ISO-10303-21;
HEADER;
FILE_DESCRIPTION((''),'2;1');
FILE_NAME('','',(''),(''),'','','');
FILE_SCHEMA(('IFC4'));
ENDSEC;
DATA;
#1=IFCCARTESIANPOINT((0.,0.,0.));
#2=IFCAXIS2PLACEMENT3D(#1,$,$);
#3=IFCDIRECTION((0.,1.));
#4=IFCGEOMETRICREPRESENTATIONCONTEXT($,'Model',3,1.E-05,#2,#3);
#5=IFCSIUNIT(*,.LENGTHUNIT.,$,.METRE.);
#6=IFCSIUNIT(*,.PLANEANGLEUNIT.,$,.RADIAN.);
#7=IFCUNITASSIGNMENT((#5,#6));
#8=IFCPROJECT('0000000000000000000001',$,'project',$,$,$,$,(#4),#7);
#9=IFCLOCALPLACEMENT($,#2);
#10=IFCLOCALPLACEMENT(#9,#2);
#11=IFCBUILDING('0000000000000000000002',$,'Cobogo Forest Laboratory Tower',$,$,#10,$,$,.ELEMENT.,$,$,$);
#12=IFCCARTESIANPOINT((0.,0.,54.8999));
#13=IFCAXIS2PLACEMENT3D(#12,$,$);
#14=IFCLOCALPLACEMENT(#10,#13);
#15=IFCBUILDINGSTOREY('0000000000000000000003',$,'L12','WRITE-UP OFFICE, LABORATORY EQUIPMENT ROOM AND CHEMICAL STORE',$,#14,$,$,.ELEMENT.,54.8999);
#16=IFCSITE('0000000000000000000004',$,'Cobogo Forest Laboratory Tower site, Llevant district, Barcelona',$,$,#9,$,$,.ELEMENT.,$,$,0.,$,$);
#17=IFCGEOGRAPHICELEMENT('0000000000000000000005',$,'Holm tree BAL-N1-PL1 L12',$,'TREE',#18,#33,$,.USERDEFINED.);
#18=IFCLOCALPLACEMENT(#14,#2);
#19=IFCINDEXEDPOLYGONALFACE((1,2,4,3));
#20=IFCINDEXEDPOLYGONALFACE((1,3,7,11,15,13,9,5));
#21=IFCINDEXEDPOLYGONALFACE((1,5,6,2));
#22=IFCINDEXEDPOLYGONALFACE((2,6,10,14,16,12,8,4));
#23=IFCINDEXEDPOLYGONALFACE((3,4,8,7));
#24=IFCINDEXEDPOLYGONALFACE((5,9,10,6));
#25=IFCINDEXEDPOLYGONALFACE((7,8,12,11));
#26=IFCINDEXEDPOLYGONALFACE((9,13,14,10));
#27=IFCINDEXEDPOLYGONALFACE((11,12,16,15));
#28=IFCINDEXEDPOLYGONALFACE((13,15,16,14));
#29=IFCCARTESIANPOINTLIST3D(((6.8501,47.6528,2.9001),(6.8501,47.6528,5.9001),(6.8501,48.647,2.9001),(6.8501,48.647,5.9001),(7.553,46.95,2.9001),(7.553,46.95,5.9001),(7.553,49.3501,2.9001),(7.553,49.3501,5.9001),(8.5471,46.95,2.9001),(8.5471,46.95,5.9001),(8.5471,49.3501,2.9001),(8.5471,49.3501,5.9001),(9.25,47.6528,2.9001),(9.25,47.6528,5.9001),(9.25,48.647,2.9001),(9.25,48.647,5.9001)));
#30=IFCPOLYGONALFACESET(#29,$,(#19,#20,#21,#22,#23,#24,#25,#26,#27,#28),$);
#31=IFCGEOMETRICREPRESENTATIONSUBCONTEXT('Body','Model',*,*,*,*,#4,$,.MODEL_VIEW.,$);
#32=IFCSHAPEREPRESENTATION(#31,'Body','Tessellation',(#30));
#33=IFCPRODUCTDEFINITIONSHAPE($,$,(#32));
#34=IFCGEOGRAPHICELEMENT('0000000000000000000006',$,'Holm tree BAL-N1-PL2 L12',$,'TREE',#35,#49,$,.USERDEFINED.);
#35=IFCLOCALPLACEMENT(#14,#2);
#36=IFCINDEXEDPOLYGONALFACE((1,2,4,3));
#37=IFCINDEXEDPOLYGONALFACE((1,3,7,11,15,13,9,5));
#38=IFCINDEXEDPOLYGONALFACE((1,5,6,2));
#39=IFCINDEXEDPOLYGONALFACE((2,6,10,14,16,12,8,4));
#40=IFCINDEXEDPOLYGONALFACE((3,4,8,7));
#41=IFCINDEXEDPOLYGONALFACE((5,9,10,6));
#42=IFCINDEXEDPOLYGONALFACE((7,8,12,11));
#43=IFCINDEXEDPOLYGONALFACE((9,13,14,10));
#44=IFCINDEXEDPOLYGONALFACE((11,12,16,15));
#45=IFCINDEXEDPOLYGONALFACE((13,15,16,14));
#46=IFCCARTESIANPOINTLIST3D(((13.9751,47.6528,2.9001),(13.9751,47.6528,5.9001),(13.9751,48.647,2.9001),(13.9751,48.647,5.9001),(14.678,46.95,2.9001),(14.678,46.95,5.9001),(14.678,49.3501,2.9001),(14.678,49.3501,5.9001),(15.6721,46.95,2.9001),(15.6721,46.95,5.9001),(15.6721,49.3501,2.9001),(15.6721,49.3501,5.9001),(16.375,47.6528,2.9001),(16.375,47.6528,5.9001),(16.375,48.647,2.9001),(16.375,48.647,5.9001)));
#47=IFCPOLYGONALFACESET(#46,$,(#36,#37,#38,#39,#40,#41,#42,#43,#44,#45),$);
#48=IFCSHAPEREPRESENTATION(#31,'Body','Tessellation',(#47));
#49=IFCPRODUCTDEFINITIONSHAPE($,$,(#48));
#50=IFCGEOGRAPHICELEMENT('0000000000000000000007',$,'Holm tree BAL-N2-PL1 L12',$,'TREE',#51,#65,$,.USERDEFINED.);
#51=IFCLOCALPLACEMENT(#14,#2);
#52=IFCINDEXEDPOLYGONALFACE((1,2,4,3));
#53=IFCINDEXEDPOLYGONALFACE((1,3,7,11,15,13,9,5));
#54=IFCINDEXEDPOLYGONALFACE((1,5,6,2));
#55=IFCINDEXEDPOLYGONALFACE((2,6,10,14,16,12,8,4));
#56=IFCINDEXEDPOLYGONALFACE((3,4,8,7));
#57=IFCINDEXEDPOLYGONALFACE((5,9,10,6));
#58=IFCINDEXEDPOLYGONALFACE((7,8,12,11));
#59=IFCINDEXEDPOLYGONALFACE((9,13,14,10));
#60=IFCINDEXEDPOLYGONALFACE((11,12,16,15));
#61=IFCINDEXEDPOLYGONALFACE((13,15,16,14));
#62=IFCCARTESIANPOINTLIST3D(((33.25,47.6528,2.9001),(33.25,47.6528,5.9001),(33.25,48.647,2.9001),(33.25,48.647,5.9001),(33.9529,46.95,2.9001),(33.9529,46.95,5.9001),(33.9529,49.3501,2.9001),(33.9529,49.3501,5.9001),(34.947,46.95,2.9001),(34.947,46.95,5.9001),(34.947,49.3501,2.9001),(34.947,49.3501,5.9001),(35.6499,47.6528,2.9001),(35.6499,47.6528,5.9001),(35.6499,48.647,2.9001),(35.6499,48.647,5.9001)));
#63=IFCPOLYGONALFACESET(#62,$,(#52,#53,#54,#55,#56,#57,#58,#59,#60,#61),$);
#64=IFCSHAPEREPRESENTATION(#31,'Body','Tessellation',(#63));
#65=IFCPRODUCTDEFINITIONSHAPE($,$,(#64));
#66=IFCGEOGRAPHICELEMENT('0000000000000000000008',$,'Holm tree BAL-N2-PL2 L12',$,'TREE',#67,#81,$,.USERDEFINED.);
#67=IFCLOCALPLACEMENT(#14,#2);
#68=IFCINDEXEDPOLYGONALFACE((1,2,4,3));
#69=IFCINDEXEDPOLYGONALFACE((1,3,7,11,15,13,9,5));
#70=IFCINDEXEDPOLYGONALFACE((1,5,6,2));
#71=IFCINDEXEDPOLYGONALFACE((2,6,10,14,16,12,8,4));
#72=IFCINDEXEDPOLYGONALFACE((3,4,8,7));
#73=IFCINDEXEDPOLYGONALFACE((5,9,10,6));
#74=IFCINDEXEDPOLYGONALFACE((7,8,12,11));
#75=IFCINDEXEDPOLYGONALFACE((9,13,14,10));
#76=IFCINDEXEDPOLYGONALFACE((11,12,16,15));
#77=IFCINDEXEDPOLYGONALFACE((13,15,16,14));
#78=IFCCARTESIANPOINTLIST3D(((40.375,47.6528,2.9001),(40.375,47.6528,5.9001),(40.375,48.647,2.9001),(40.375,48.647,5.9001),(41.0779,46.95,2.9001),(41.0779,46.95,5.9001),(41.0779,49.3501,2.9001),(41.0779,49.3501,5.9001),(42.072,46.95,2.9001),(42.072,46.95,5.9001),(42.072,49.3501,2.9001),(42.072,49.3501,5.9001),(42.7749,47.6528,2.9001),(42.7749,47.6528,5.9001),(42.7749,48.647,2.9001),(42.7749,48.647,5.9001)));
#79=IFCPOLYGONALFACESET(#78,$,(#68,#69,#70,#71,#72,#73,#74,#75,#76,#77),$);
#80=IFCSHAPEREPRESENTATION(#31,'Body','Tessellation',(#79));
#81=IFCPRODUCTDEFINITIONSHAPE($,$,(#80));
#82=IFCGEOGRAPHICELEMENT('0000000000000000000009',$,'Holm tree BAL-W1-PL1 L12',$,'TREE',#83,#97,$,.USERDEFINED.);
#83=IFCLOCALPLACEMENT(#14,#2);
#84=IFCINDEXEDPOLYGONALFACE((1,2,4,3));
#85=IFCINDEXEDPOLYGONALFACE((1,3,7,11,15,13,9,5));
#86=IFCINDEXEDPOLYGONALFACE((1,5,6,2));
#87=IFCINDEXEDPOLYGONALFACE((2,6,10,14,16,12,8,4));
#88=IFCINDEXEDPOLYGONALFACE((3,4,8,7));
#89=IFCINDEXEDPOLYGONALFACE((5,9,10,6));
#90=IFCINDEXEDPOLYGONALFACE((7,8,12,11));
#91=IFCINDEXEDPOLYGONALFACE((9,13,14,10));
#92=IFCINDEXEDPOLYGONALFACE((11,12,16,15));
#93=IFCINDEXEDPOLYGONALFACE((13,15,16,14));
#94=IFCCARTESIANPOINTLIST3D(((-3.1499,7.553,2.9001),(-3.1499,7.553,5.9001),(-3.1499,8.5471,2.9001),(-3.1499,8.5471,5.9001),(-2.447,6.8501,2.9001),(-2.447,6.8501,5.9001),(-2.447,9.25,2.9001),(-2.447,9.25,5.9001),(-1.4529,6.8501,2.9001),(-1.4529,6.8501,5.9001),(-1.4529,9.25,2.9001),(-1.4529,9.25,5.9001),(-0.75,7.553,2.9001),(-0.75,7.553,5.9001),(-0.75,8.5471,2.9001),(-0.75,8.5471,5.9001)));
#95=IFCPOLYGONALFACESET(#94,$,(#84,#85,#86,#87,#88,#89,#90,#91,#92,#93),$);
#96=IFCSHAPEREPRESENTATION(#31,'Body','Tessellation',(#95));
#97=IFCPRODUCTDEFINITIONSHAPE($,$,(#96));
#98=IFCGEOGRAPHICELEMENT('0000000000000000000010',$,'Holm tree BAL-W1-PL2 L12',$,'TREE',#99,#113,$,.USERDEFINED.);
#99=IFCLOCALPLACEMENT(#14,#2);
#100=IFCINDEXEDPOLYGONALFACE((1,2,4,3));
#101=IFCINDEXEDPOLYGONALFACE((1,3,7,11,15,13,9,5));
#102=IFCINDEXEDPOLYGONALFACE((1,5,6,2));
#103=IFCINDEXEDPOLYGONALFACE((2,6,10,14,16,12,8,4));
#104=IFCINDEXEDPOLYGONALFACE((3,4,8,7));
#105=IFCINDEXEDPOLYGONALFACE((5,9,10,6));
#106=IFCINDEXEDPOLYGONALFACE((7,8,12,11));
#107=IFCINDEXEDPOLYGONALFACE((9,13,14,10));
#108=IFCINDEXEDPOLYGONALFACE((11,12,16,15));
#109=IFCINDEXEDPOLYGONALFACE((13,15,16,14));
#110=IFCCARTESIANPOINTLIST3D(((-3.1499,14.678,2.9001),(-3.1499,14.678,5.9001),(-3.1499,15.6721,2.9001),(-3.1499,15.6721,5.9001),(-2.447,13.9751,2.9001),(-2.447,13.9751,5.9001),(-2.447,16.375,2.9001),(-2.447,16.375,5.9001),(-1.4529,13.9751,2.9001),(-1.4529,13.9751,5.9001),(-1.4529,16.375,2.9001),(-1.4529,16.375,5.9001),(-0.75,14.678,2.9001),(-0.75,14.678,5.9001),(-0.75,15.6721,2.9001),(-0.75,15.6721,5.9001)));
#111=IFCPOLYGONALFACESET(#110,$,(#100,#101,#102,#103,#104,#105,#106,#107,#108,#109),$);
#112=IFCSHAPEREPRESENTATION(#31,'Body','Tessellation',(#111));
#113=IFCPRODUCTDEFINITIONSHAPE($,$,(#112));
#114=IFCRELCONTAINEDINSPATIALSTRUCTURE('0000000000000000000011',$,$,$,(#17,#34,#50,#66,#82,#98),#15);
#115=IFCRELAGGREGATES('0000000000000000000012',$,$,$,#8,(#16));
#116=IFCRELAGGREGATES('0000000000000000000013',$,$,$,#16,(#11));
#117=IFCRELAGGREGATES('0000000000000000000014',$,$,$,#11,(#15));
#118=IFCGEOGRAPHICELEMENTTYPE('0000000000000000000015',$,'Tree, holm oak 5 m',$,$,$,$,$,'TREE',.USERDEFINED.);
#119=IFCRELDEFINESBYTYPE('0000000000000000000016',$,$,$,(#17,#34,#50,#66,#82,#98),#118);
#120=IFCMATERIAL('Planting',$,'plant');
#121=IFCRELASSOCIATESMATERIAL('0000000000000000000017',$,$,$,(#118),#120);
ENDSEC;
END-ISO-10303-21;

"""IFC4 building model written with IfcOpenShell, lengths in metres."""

from ifc_helpers import new_model, si_unit, direction, frame, origin, place, context, subcontext, project, spatial, polyline, outline, extrude, material, type_object, element, save


model = new_model("IFC4")

# Units and contexts
model_context = context("Model", 3, precision=1e-05, world=origin(), true_north=direction((0.0, 1.0)))
body_context = subcontext(model_context, "Body", "Model", "MODEL_VIEW")
ifc_project = project(units=[si_unit("LENGTHUNIT", "METRE"), si_unit("PLANEANGLEUNIT", "RADIAN")], contexts=[model_context])

# Site, building, storey
site_placement = place(None, origin())
site = spatial("IfcSite", under=ifc_project, at=site_placement, Name="Cobogo Forest Laboratory Tower site, Llevant district, Barcelona", CompositionType="ELEMENT", RefElevation=0.0)
building_placement = place(site_placement, origin())
building = spatial("IfcBuilding", under=site, at=building_placement, Name="Cobogo Forest Laboratory Tower", CompositionType="ELEMENT")
storey_placement = place(building_placement, frame((0.0, 0.0, 54.8999)))
storey = spatial("IfcBuildingStorey", under=building, at=storey_placement, Name="L12", Description="WRITE-UP OFFICE, LABORATORY EQUIPMENT ROOM AND CHEMICAL STORE", CompositionType="ELEMENT", Elevation=54.8999)

# Geographic elements
ifc_material_1 = material(Name="Planting", Category="plant")
geographic_element_type = type_object("IfcGeographicElementType", Name="Tree, holm oak 5 m", ElementType="TREE", PredefinedType="USERDEFINED", material=ifc_material_1)
geographic_element_1_placement = place(storey_placement, frame((0.0, 0.0, 2.9001)))
element("IfcGeographicElement", 1, at=geographic_element_1_placement, inside=storey, type_object=geographic_element_type, Name="Holm tree BAL-N1-PL1 L12", ObjectType="TREE", PredefinedType="USERDEFINED", context=body_context, shape_type="SweptSolid", body=[
    extrude(outline(polyline([(9.25, 47.6528), (9.25, 48.647), (8.5471, 49.3501), (7.553, 49.3501), (6.8501, 48.647), (6.8501, 47.6528), (7.553, 46.95), (8.5471, 46.95), (9.25, 47.6528)])), origin(), (0.0, 0.0, 1.0), 3.0),
])
geographic_element_2_placement = place(storey_placement, frame((0.0, 0.0, 2.9001)))
element("IfcGeographicElement", 2, at=geographic_element_2_placement, inside=storey, type_object=geographic_element_type, Name="Holm tree BAL-N1-PL2 L12", ObjectType="TREE", PredefinedType="USERDEFINED", context=body_context, shape_type="SweptSolid", body=[
    extrude(outline(polyline([(16.375, 47.6528), (16.375, 48.647), (15.6721, 49.3501), (14.678, 49.3501), (13.9751, 48.647), (13.9751, 47.6528), (14.678, 46.95), (15.6721, 46.95), (16.375, 47.6528)])), origin(), (0.0, 0.0, 1.0), 3.0),
])
geographic_element_3_placement = place(storey_placement, frame((0.0, 0.0, 2.9001)))
element("IfcGeographicElement", 3, at=geographic_element_3_placement, inside=storey, type_object=geographic_element_type, Name="Holm tree BAL-N2-PL1 L12", ObjectType="TREE", PredefinedType="USERDEFINED", context=body_context, shape_type="SweptSolid", body=[
    extrude(outline(polyline([(35.6499, 47.6528), (35.6499, 48.647), (34.947, 49.3501), (33.9529, 49.3501), (33.25, 48.647), (33.25, 47.6528), (33.9529, 46.95), (34.947, 46.95), (35.6499, 47.6528)])), origin(), (0.0, 0.0, 1.0), 3.0),
])
geographic_element_4_placement = place(storey_placement, frame((0.0, 0.0, 2.9001)))
element("IfcGeographicElement", 4, at=geographic_element_4_placement, inside=storey, type_object=geographic_element_type, Name="Holm tree BAL-N2-PL2 L12", ObjectType="TREE", PredefinedType="USERDEFINED", context=body_context, shape_type="SweptSolid", body=[
    extrude(outline(polyline([(42.7749, 47.6528), (42.7749, 48.647), (42.072, 49.3501), (41.0779, 49.3501), (40.375, 48.647), (40.375, 47.6528), (41.0779, 46.95), (42.072, 46.95), (42.7749, 47.6528)])), origin(), (0.0, 0.0, 1.0), 3.0),
])
geographic_element_5_placement = place(storey_placement, frame((0.0, 0.0, 2.9001)))
element("IfcGeographicElement", 5, at=geographic_element_5_placement, inside=storey, type_object=geographic_element_type, Name="Holm tree BAL-W1-PL1 L12", ObjectType="TREE", PredefinedType="USERDEFINED", context=body_context, shape_type="SweptSolid", body=[
    extrude(outline(polyline([(-0.75, 7.553), (-0.75, 8.5471), (-1.4529, 9.25), (-2.447, 9.25), (-3.1499, 8.5471), (-3.1499, 7.553), (-2.447, 6.8501), (-1.4529, 6.8501), (-0.75, 7.553)])), origin(), (0.0, 0.0, 1.0), 3.0),
])
geographic_element_6_placement = place(storey_placement, frame((0.0, 0.0, 2.9001)))
element("IfcGeographicElement", 6, at=geographic_element_6_placement, inside=storey, type_object=geographic_element_type, Name="Holm tree BAL-W1-PL2 L12", ObjectType="TREE", PredefinedType="USERDEFINED", context=body_context, shape_type="SweptSolid", body=[
    extrude(outline(polyline([(-0.75, 14.678), (-0.75, 15.6721), (-1.4529, 16.375), (-2.447, 16.375), (-3.1499, 15.6721), (-3.1499, 14.678), (-2.447, 13.9751), (-1.4529, 13.9751), (-0.75, 14.678)])), origin(), (0.0, 0.0, 1.0), 3.0),
])

save(model, "model.ifc")
